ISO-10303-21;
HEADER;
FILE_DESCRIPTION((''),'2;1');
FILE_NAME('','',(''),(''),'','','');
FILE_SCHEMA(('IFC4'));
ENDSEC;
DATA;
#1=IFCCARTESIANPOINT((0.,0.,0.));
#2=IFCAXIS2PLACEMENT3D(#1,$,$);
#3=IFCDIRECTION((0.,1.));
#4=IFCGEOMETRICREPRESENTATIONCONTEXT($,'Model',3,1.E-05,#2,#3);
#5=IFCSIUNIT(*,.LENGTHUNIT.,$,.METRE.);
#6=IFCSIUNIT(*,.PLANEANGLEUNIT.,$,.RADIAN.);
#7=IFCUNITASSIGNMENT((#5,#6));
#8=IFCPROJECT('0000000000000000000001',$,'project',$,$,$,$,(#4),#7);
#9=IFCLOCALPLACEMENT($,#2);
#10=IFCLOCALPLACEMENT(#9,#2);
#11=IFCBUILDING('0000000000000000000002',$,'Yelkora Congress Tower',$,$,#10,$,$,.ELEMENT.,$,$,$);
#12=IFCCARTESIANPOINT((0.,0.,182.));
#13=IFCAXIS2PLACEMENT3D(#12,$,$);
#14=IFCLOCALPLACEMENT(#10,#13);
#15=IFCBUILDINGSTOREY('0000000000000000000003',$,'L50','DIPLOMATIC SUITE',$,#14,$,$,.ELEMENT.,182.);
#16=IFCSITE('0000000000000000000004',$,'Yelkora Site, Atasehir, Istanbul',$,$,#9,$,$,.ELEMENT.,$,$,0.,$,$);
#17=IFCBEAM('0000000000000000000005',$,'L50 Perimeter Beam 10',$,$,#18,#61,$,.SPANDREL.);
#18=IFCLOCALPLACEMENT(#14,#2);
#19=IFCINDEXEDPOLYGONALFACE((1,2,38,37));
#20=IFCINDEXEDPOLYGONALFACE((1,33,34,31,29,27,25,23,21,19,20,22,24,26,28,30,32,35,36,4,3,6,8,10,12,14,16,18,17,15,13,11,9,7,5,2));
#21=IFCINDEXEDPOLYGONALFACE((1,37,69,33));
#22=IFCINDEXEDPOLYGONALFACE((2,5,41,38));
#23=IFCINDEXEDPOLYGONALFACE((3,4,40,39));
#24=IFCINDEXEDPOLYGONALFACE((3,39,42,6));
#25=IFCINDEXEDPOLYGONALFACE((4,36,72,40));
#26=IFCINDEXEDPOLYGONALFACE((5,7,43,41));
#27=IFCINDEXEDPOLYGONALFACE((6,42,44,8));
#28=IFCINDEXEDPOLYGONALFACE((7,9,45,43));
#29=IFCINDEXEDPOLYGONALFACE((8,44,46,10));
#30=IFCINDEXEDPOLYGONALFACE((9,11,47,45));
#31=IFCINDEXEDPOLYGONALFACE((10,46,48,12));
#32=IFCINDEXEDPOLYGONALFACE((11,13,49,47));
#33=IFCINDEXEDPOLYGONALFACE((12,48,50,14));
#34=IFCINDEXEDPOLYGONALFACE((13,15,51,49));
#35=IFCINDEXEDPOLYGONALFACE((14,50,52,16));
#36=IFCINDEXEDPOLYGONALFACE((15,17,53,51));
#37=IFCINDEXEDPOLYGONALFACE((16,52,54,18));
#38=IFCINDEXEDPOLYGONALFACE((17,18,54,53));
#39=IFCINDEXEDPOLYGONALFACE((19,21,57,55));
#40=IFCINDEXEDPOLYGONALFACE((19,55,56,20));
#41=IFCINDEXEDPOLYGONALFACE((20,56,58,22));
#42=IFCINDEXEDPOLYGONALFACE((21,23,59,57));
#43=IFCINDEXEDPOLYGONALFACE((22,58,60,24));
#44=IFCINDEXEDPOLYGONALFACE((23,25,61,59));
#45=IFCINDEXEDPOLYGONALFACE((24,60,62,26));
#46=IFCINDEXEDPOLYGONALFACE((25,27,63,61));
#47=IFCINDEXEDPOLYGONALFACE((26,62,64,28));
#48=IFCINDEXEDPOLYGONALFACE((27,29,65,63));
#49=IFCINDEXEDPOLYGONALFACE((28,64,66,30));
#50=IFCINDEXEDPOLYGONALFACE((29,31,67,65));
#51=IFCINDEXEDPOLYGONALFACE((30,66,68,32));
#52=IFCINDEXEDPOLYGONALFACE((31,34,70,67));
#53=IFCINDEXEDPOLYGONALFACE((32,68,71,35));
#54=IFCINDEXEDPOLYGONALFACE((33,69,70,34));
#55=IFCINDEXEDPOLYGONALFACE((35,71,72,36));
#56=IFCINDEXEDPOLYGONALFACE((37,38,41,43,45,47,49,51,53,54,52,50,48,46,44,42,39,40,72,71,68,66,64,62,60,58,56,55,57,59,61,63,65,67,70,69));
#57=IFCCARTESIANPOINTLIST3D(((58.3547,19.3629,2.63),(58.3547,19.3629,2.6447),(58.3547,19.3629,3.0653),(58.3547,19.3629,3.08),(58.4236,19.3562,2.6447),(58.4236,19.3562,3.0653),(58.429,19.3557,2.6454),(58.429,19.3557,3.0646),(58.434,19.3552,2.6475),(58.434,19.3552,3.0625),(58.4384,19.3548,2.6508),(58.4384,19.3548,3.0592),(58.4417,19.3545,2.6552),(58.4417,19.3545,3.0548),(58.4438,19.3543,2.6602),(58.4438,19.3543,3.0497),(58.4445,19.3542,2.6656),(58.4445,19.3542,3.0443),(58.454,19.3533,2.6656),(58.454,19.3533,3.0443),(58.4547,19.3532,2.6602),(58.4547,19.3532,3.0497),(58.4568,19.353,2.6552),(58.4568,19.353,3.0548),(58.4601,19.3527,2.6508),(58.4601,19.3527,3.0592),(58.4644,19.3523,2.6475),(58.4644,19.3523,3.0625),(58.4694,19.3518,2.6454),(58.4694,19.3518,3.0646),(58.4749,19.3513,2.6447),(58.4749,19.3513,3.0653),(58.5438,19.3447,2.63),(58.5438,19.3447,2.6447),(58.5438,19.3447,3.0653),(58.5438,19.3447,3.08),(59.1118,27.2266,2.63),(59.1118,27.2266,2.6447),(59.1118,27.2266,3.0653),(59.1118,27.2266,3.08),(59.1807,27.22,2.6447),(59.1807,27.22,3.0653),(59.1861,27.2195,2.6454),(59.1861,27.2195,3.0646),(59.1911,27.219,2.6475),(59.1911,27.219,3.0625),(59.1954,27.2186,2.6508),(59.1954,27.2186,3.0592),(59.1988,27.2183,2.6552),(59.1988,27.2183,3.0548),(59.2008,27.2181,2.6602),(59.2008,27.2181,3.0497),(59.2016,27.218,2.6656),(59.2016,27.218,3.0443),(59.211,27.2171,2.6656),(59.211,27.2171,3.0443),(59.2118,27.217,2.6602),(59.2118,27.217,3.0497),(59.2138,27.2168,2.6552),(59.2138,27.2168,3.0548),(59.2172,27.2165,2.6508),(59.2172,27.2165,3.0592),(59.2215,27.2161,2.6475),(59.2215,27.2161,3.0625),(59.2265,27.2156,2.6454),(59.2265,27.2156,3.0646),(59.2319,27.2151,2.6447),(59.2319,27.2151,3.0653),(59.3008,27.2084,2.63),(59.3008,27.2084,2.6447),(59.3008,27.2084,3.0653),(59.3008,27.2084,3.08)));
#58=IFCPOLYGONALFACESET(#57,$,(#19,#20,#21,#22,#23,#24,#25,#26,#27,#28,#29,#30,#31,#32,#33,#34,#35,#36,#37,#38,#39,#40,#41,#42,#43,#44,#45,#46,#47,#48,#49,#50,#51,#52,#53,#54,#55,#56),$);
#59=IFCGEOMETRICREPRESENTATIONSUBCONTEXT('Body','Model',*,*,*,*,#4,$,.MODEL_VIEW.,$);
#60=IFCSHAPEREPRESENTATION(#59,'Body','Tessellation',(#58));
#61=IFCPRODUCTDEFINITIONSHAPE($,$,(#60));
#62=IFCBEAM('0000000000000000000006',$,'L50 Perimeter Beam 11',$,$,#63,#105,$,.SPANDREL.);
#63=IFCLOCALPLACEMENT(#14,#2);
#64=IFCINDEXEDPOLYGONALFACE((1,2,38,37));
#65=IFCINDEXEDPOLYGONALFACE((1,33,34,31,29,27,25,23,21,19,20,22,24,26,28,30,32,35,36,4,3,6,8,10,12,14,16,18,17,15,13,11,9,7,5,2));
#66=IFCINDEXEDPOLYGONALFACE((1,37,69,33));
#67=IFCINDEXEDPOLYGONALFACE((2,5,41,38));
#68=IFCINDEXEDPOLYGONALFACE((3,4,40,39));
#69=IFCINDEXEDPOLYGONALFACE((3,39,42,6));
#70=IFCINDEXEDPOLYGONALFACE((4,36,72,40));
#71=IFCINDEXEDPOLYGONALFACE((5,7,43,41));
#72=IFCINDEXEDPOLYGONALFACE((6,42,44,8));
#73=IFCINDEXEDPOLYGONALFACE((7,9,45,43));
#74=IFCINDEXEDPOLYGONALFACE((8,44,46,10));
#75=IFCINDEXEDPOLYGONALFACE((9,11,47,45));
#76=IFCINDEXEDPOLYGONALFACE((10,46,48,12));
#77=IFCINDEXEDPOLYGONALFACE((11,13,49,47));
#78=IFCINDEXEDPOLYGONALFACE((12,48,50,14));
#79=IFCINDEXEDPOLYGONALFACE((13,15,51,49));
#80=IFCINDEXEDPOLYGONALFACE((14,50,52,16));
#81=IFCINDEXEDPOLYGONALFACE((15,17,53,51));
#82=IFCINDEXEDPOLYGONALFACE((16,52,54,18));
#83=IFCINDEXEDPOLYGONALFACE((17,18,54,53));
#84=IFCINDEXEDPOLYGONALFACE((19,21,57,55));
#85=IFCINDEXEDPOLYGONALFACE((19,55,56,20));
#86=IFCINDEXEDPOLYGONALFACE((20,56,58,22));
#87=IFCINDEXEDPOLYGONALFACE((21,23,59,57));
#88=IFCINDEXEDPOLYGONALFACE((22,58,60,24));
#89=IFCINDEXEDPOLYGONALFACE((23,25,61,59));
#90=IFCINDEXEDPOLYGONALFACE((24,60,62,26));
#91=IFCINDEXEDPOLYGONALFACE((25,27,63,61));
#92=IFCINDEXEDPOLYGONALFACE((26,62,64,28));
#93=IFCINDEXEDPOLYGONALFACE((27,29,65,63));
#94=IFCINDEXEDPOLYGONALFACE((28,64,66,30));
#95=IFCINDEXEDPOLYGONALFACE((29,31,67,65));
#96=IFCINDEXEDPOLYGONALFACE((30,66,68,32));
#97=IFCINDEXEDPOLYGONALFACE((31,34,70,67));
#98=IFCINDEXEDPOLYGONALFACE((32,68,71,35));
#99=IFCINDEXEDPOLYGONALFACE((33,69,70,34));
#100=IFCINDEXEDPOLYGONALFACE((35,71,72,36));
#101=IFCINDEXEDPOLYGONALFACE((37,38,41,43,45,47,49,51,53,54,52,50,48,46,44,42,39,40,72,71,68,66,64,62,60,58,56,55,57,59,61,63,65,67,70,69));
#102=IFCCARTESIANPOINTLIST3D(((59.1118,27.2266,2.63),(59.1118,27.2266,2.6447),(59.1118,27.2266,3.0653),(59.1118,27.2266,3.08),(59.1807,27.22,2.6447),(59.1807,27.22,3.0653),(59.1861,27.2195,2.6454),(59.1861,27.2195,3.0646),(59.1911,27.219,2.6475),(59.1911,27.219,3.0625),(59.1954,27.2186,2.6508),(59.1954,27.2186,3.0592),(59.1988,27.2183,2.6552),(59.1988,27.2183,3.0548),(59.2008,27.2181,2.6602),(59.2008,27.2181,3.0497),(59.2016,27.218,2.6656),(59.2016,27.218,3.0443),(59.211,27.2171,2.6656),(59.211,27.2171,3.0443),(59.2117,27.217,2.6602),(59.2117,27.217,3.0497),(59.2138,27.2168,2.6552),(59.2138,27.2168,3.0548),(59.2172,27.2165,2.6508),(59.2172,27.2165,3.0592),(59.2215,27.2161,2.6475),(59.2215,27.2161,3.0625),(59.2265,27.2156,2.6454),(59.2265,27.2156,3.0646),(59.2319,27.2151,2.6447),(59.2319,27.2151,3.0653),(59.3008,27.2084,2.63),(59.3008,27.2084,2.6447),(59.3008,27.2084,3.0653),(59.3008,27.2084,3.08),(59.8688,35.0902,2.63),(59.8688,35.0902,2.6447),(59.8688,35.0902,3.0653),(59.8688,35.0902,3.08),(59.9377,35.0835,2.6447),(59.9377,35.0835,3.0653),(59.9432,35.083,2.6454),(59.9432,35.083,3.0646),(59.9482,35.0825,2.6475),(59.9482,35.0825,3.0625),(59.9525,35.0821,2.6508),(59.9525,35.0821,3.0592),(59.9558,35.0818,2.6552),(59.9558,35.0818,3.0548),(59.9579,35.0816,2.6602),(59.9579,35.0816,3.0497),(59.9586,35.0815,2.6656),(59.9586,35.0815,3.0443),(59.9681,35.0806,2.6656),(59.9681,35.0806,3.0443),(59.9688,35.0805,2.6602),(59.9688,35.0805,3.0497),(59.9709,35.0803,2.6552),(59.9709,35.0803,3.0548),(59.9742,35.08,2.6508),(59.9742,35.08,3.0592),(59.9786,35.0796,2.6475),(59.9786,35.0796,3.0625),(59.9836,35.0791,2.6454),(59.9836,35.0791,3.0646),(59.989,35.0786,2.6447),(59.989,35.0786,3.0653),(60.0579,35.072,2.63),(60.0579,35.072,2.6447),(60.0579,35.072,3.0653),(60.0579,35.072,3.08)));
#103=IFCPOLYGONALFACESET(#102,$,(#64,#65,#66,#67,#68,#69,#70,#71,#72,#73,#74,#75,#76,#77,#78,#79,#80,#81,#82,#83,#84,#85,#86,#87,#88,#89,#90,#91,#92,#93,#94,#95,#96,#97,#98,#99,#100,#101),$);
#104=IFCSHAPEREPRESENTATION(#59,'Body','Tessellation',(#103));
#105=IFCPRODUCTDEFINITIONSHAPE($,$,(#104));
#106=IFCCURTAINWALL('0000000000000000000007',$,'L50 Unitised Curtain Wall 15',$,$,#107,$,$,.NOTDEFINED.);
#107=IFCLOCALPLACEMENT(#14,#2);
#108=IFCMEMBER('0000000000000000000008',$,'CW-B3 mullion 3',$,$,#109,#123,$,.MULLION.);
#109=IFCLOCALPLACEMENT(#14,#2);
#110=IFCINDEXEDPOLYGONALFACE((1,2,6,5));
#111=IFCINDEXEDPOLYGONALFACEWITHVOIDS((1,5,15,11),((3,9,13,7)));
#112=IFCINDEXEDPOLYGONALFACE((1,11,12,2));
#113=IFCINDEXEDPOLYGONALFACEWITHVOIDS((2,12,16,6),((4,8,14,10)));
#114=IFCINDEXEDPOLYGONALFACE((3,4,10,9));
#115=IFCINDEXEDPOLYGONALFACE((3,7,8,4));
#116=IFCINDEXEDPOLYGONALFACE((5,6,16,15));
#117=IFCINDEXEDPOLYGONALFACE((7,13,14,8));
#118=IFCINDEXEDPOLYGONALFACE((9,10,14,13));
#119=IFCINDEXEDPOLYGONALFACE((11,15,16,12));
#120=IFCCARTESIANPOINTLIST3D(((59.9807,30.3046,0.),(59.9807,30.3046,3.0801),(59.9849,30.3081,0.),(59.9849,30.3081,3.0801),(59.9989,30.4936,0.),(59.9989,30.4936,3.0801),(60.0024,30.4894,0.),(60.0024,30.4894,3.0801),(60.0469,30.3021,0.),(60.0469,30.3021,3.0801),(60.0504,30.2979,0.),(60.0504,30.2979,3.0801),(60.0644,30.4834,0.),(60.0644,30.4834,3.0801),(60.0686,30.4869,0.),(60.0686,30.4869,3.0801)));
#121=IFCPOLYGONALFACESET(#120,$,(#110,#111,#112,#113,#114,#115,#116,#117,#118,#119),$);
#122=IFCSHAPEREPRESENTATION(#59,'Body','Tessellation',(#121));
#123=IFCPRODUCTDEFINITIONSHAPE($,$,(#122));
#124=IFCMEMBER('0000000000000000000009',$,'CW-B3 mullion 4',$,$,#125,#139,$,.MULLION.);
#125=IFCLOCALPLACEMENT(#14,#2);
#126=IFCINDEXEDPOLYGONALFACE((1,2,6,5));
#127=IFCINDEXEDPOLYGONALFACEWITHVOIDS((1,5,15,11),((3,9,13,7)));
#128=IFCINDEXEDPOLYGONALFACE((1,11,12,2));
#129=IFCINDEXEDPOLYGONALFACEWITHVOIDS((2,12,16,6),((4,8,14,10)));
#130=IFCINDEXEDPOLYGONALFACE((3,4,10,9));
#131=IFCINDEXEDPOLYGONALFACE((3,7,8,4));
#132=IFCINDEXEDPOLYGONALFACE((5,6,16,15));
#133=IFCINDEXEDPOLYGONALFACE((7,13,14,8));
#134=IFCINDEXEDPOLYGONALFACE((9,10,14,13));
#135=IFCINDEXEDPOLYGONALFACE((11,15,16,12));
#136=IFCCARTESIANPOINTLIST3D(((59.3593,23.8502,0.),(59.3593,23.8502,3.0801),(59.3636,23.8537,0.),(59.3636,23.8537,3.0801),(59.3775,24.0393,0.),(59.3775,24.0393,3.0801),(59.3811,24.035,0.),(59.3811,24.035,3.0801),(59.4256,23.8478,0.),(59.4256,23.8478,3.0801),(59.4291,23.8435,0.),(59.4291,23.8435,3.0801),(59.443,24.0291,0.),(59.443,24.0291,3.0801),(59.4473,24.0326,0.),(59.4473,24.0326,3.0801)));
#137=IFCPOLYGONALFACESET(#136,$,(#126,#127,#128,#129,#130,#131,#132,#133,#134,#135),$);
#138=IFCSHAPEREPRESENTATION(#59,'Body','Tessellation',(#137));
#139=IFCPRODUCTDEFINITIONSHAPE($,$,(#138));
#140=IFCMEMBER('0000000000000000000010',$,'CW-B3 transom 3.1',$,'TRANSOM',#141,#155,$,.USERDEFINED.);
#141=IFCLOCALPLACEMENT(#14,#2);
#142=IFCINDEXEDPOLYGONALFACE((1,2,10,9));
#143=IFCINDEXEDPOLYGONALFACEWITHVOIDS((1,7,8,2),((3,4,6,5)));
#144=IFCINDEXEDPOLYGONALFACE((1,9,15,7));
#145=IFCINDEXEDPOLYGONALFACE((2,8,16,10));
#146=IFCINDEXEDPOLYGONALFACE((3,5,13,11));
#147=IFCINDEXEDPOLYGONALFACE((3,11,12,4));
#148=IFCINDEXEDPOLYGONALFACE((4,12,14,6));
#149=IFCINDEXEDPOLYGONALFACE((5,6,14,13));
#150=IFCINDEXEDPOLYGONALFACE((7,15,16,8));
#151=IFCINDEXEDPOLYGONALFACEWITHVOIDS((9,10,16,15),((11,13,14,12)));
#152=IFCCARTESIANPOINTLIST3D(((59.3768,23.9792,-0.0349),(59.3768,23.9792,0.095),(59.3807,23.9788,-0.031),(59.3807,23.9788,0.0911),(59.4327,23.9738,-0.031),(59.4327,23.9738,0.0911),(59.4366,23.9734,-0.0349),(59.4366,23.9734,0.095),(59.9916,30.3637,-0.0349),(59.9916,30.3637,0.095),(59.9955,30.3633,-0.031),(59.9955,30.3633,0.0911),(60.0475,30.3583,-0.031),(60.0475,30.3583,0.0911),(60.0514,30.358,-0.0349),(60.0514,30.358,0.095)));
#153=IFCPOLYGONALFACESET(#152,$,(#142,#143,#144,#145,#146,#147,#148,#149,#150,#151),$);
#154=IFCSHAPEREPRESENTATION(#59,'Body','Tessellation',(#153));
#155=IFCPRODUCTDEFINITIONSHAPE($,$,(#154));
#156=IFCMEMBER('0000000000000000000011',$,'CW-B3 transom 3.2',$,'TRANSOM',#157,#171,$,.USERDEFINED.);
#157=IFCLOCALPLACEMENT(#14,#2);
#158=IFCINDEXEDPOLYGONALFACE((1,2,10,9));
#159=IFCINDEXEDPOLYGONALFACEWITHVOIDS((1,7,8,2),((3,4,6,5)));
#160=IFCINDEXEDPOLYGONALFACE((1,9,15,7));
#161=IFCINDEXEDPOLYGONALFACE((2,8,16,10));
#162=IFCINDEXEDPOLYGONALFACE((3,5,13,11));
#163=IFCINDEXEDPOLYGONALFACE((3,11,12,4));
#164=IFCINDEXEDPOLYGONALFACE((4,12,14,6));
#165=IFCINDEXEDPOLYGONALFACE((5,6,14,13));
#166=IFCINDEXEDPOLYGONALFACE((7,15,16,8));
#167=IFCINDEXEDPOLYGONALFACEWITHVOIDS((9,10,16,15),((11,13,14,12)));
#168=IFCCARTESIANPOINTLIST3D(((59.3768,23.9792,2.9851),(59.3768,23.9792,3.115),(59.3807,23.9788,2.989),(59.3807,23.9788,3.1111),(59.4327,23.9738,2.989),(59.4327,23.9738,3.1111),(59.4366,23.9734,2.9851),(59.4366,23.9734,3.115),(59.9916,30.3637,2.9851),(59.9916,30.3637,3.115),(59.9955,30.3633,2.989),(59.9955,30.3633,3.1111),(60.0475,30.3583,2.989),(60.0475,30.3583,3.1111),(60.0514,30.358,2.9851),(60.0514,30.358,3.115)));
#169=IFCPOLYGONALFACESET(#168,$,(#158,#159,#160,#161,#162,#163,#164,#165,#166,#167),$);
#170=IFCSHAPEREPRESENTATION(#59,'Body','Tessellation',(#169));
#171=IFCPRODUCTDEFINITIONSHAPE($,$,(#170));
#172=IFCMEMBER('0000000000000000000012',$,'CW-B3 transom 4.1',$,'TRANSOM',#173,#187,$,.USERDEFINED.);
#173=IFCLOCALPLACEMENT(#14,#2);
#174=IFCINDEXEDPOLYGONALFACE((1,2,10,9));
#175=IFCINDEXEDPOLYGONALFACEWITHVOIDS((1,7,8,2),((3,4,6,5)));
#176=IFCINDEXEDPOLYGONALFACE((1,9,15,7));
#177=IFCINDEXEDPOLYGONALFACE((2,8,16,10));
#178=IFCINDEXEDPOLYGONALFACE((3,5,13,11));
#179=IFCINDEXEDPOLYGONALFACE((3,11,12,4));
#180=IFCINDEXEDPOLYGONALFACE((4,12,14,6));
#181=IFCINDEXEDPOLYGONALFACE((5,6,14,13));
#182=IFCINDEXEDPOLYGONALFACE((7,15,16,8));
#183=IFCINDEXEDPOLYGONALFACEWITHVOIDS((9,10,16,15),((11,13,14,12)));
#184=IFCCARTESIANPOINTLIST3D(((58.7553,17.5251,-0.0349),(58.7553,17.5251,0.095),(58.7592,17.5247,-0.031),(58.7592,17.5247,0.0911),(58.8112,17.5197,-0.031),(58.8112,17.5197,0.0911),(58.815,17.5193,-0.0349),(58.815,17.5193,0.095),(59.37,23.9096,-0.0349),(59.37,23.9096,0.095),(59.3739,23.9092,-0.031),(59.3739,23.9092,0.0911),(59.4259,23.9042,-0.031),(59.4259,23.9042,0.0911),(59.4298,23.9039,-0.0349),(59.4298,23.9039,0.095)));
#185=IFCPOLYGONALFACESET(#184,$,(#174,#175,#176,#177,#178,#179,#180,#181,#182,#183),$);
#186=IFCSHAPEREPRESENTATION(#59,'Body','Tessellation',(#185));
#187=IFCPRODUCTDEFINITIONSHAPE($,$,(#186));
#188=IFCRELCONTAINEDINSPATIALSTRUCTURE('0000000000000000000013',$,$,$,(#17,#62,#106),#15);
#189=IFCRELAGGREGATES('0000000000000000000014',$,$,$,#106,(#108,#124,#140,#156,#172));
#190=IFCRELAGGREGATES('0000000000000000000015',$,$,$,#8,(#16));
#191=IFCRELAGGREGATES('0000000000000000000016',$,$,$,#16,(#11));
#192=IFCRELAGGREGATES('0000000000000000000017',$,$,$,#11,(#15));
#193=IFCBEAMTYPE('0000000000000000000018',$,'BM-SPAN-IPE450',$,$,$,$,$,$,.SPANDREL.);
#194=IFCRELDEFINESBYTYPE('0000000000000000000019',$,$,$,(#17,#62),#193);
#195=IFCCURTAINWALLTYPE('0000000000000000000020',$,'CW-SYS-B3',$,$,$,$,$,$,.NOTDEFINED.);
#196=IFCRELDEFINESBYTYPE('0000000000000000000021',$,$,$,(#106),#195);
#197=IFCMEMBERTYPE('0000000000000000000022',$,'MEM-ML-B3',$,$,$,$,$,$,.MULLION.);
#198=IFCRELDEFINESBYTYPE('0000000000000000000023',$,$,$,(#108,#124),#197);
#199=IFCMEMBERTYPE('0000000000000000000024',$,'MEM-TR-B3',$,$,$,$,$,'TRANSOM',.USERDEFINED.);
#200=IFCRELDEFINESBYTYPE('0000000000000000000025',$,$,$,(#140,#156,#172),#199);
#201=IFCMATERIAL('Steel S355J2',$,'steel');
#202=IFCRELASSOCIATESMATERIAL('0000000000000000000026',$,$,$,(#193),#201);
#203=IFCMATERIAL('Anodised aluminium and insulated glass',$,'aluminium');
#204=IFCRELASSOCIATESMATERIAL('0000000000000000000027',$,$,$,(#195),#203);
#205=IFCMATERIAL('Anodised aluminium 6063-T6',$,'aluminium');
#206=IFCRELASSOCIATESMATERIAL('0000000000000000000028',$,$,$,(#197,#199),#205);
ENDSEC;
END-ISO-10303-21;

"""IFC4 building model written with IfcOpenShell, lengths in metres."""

from ifc_helpers import new_model, si_unit, direction, frame, origin, origin_2d, place, context, subcontext, project, spatial, hollow_rectangle, i_section, extrude, material, material_profile, profile_set, type_object, element, aggregate, save


model = new_model("IFC4")

# Units and contexts
model_context = context("Model", 3, precision=1e-05, world=origin(), true_north=direction((0.0, 1.0)))
body_context = subcontext(model_context, "Body", "Model", "MODEL_VIEW")
ifc_project = project(units=[si_unit("LENGTHUNIT", "METRE"), si_unit("PLANEANGLEUNIT", "RADIAN")], contexts=[model_context])

# Site, building, storey
site_placement = place(None, origin())
site = spatial("IfcSite", under=ifc_project, at=site_placement, Name="Yelkora Site, Atasehir, Istanbul", CompositionType="ELEMENT", RefElevation=0.0)
building_placement = place(site_placement, origin())
building = spatial("IfcBuilding", under=site, at=building_placement, Name="Yelkora Congress Tower", CompositionType="ELEMENT")
storey_placement = place(building_placement, frame((0.0, 0.0, 182.0)))
storey = spatial("IfcBuildingStorey", under=building, at=storey_placement, Name="L50", Description="DIPLOMATIC SUITE", CompositionType="ELEMENT", Elevation=182.0)

# Beams
ifc_material_1 = material(Name="Steel S355J2", Category="steel")
ifc_material_profile_1 = material_profile(ifc_material_1, i_section(OverallWidth=0.1899, OverallDepth=0.45, WebThickness=0.0095, FlangeThickness=0.0146, FilletRadius=0.021, at=origin_2d()), Name="IPE 450")
ifc_profile_set_1 = profile_set([ifc_material_profile_1], Name="Steel S355J2")
beam_type_1 = type_object("IfcBeamType", Name="BM-SPAN-IPE450", PredefinedType="SPANDREL", material=ifc_profile_set_1)
beam_1_placement = place(storey_placement, frame((58.4492, 19.3538, 2.855), z_axis=(0.095831, 0.995398, 0.0), x_axis=(-0.995398, 0.095831, 0.0)))
element("IfcBeam", 1, at=beam_1_placement, inside=storey, type_object=beam_type_1, Name="L50 Perimeter Beam 10", PredefinedType="SPANDREL", context=body_context, shape_type="SweptSolid", body=[
    extrude(i_section(OverallWidth=0.1899, OverallDepth=0.45, WebThickness=0.0095, FlangeThickness=0.0146, FilletRadius=0.021, at=origin_2d()), origin(), (0.0, 0.0, 1.0), 7.9001),
])
beam_2_placement = place(storey_placement, frame((59.2063, 27.2175, 2.855), z_axis=(0.095834, 0.995397, 0.0), x_axis=(-0.995397, 0.095834, 0.0)))
element("IfcBeam", 2, at=beam_2_placement, inside=storey, type_object=beam_type_1, Name="L50 Perimeter Beam 11", PredefinedType="SPANDREL", context=body_context, shape_type="SweptSolid", body=[
    extrude(i_section(OverallWidth=0.1899, OverallDepth=0.45, WebThickness=0.0095, FlangeThickness=0.0146, FilletRadius=0.021, at=origin_2d()), origin(), (0.0, 0.0, 1.0), 7.8999),
])

# Curtain wall, members
ifc_material_2 = material(Name="Anodised aluminium and insulated glass", Category="aluminium")
curtain_wall_type = type_object("IfcCurtainWallType", Name="CW-SYS-B3", PredefinedType="NOTDEFINED", material=ifc_material_2)
curtain_wall_placement = place(storey_placement, origin())
curtain_wall = element("IfcCurtainWall", 3, at=curtain_wall_placement, inside=storey, type_object=curtain_wall_type, Name="L50 Unitised Curtain Wall 15", PredefinedType="NOTDEFINED")
ifc_material_3 = material(Name="Anodised aluminium 6063-T6", Category="aluminium")
ifc_material_profile_2 = material_profile(ifc_material_3, hollow_rectangle(XDim=0.0701, YDim=0.1899, WallThickness=0.0039, at=origin_2d()), Name="ALU 70x190x4")
ifc_profile_set_2 = profile_set([ifc_material_profile_2], Name="Anodised aluminium 6063-T6")
member_type_1 = type_object("IfcMemberType", Name="MEM-ML-B3", PredefinedType="MULLION", material=ifc_profile_set_2)
member_1_placement = place(storey_placement, frame((60.0247, 30.3958, 0.0), z_axis=(0.0, 0.0, 1.0), x_axis=(0.995397, -0.095842, 0.0)))
member_1 = element("IfcMember", 4, at=member_1_placement, type_object=member_type_1, Name="CW-B3 mullion 3", PredefinedType="MULLION", context=body_context, shape_type="SweptSolid", body=[
    extrude(hollow_rectangle(XDim=0.0701, YDim=0.1899, WallThickness=0.0039, at=origin_2d()), origin(), (0.0, 0.0, 1.0), 3.0801),
])
member_2_placement = place(storey_placement, frame((59.4033, 23.9414, 0.0), z_axis=(0.0, 0.0, 1.0), x_axis=(0.995397, -0.095842, 0.0)))
member_2 = element("IfcMember", 5, at=member_2_placement, type_object=member_type_1, Name="CW-B3 mullion 4", PredefinedType="MULLION", context=body_context, shape_type="SweptSolid", body=[
    extrude(hollow_rectangle(XDim=0.0701, YDim=0.1899, WallThickness=0.0039, at=origin_2d()), origin(), (0.0, 0.0, 1.0), 3.0801),
])
ifc_material_profile_3 = material_profile(ifc_material_3, hollow_rectangle(XDim=0.0601, YDim=0.1299, WallThickness=0.0039, at=origin_2d()), Name="ALU 60x130x4")
ifc_profile_set_3 = profile_set([ifc_material_profile_3], Name="Anodised aluminium 6063-T6")
member_type_2 = type_object("IfcMemberType", Name="MEM-TR-B3", ElementType="TRANSOM", PredefinedType="USERDEFINED", material=ifc_profile_set_3)
member_3_placement = place(storey_placement, frame((60.0215, 30.3608, 0.03), z_axis=(-0.095844, -0.995396, 0.0), x_axis=(0.995396, -0.095844, 0.0)))
member_3 = element("IfcMember", 6, at=member_3_placement, type_object=member_type_2, Name="CW-B3 transom 3.1", ObjectType="TRANSOM", PredefinedType="USERDEFINED", context=body_context, shape_type="SweptSolid", body=[
    extrude(hollow_rectangle(XDim=0.0601, YDim=0.1299, WallThickness=0.0039, at=origin_2d()), origin(), (0.0, 0.0, 1.0), 6.4141),
])
member_4_placement = place(storey_placement, frame((60.0215, 30.3608, 3.05), z_axis=(-0.095844, -0.995396, 0.0), x_axis=(0.995396, -0.095844, 0.0)))
member_4 = element("IfcMember", 7, at=member_4_placement, type_object=member_type_2, Name="CW-B3 transom 3.2", ObjectType="TRANSOM", PredefinedType="USERDEFINED", context=body_context, shape_type="SweptSolid", body=[
    extrude(hollow_rectangle(XDim=0.0601, YDim=0.1299, WallThickness=0.0039, at=origin_2d()), origin(), (0.0, 0.0, 1.0), 6.4141),
])
member_5_placement = place(storey_placement, frame((59.3999, 23.9067, 0.03), z_axis=(-0.095844, -0.995396, 0.0), x_axis=(0.995396, -0.095844, 0.0)))
member_5 = element("IfcMember", 8, at=member_5_placement, type_object=member_type_2, Name="CW-B3 transom 4.1", ObjectType="TRANSOM", PredefinedType="USERDEFINED", context=body_context, shape_type="SweptSolid", body=[
    extrude(hollow_rectangle(XDim=0.0601, YDim=0.1299, WallThickness=0.0039, at=origin_2d()), origin(), (0.0, 0.0, 1.0), 6.4141),
])
aggregate(curtain_wall, [member_1, member_2, member_3, member_4, member_5])

save(model, "model.ifc")
